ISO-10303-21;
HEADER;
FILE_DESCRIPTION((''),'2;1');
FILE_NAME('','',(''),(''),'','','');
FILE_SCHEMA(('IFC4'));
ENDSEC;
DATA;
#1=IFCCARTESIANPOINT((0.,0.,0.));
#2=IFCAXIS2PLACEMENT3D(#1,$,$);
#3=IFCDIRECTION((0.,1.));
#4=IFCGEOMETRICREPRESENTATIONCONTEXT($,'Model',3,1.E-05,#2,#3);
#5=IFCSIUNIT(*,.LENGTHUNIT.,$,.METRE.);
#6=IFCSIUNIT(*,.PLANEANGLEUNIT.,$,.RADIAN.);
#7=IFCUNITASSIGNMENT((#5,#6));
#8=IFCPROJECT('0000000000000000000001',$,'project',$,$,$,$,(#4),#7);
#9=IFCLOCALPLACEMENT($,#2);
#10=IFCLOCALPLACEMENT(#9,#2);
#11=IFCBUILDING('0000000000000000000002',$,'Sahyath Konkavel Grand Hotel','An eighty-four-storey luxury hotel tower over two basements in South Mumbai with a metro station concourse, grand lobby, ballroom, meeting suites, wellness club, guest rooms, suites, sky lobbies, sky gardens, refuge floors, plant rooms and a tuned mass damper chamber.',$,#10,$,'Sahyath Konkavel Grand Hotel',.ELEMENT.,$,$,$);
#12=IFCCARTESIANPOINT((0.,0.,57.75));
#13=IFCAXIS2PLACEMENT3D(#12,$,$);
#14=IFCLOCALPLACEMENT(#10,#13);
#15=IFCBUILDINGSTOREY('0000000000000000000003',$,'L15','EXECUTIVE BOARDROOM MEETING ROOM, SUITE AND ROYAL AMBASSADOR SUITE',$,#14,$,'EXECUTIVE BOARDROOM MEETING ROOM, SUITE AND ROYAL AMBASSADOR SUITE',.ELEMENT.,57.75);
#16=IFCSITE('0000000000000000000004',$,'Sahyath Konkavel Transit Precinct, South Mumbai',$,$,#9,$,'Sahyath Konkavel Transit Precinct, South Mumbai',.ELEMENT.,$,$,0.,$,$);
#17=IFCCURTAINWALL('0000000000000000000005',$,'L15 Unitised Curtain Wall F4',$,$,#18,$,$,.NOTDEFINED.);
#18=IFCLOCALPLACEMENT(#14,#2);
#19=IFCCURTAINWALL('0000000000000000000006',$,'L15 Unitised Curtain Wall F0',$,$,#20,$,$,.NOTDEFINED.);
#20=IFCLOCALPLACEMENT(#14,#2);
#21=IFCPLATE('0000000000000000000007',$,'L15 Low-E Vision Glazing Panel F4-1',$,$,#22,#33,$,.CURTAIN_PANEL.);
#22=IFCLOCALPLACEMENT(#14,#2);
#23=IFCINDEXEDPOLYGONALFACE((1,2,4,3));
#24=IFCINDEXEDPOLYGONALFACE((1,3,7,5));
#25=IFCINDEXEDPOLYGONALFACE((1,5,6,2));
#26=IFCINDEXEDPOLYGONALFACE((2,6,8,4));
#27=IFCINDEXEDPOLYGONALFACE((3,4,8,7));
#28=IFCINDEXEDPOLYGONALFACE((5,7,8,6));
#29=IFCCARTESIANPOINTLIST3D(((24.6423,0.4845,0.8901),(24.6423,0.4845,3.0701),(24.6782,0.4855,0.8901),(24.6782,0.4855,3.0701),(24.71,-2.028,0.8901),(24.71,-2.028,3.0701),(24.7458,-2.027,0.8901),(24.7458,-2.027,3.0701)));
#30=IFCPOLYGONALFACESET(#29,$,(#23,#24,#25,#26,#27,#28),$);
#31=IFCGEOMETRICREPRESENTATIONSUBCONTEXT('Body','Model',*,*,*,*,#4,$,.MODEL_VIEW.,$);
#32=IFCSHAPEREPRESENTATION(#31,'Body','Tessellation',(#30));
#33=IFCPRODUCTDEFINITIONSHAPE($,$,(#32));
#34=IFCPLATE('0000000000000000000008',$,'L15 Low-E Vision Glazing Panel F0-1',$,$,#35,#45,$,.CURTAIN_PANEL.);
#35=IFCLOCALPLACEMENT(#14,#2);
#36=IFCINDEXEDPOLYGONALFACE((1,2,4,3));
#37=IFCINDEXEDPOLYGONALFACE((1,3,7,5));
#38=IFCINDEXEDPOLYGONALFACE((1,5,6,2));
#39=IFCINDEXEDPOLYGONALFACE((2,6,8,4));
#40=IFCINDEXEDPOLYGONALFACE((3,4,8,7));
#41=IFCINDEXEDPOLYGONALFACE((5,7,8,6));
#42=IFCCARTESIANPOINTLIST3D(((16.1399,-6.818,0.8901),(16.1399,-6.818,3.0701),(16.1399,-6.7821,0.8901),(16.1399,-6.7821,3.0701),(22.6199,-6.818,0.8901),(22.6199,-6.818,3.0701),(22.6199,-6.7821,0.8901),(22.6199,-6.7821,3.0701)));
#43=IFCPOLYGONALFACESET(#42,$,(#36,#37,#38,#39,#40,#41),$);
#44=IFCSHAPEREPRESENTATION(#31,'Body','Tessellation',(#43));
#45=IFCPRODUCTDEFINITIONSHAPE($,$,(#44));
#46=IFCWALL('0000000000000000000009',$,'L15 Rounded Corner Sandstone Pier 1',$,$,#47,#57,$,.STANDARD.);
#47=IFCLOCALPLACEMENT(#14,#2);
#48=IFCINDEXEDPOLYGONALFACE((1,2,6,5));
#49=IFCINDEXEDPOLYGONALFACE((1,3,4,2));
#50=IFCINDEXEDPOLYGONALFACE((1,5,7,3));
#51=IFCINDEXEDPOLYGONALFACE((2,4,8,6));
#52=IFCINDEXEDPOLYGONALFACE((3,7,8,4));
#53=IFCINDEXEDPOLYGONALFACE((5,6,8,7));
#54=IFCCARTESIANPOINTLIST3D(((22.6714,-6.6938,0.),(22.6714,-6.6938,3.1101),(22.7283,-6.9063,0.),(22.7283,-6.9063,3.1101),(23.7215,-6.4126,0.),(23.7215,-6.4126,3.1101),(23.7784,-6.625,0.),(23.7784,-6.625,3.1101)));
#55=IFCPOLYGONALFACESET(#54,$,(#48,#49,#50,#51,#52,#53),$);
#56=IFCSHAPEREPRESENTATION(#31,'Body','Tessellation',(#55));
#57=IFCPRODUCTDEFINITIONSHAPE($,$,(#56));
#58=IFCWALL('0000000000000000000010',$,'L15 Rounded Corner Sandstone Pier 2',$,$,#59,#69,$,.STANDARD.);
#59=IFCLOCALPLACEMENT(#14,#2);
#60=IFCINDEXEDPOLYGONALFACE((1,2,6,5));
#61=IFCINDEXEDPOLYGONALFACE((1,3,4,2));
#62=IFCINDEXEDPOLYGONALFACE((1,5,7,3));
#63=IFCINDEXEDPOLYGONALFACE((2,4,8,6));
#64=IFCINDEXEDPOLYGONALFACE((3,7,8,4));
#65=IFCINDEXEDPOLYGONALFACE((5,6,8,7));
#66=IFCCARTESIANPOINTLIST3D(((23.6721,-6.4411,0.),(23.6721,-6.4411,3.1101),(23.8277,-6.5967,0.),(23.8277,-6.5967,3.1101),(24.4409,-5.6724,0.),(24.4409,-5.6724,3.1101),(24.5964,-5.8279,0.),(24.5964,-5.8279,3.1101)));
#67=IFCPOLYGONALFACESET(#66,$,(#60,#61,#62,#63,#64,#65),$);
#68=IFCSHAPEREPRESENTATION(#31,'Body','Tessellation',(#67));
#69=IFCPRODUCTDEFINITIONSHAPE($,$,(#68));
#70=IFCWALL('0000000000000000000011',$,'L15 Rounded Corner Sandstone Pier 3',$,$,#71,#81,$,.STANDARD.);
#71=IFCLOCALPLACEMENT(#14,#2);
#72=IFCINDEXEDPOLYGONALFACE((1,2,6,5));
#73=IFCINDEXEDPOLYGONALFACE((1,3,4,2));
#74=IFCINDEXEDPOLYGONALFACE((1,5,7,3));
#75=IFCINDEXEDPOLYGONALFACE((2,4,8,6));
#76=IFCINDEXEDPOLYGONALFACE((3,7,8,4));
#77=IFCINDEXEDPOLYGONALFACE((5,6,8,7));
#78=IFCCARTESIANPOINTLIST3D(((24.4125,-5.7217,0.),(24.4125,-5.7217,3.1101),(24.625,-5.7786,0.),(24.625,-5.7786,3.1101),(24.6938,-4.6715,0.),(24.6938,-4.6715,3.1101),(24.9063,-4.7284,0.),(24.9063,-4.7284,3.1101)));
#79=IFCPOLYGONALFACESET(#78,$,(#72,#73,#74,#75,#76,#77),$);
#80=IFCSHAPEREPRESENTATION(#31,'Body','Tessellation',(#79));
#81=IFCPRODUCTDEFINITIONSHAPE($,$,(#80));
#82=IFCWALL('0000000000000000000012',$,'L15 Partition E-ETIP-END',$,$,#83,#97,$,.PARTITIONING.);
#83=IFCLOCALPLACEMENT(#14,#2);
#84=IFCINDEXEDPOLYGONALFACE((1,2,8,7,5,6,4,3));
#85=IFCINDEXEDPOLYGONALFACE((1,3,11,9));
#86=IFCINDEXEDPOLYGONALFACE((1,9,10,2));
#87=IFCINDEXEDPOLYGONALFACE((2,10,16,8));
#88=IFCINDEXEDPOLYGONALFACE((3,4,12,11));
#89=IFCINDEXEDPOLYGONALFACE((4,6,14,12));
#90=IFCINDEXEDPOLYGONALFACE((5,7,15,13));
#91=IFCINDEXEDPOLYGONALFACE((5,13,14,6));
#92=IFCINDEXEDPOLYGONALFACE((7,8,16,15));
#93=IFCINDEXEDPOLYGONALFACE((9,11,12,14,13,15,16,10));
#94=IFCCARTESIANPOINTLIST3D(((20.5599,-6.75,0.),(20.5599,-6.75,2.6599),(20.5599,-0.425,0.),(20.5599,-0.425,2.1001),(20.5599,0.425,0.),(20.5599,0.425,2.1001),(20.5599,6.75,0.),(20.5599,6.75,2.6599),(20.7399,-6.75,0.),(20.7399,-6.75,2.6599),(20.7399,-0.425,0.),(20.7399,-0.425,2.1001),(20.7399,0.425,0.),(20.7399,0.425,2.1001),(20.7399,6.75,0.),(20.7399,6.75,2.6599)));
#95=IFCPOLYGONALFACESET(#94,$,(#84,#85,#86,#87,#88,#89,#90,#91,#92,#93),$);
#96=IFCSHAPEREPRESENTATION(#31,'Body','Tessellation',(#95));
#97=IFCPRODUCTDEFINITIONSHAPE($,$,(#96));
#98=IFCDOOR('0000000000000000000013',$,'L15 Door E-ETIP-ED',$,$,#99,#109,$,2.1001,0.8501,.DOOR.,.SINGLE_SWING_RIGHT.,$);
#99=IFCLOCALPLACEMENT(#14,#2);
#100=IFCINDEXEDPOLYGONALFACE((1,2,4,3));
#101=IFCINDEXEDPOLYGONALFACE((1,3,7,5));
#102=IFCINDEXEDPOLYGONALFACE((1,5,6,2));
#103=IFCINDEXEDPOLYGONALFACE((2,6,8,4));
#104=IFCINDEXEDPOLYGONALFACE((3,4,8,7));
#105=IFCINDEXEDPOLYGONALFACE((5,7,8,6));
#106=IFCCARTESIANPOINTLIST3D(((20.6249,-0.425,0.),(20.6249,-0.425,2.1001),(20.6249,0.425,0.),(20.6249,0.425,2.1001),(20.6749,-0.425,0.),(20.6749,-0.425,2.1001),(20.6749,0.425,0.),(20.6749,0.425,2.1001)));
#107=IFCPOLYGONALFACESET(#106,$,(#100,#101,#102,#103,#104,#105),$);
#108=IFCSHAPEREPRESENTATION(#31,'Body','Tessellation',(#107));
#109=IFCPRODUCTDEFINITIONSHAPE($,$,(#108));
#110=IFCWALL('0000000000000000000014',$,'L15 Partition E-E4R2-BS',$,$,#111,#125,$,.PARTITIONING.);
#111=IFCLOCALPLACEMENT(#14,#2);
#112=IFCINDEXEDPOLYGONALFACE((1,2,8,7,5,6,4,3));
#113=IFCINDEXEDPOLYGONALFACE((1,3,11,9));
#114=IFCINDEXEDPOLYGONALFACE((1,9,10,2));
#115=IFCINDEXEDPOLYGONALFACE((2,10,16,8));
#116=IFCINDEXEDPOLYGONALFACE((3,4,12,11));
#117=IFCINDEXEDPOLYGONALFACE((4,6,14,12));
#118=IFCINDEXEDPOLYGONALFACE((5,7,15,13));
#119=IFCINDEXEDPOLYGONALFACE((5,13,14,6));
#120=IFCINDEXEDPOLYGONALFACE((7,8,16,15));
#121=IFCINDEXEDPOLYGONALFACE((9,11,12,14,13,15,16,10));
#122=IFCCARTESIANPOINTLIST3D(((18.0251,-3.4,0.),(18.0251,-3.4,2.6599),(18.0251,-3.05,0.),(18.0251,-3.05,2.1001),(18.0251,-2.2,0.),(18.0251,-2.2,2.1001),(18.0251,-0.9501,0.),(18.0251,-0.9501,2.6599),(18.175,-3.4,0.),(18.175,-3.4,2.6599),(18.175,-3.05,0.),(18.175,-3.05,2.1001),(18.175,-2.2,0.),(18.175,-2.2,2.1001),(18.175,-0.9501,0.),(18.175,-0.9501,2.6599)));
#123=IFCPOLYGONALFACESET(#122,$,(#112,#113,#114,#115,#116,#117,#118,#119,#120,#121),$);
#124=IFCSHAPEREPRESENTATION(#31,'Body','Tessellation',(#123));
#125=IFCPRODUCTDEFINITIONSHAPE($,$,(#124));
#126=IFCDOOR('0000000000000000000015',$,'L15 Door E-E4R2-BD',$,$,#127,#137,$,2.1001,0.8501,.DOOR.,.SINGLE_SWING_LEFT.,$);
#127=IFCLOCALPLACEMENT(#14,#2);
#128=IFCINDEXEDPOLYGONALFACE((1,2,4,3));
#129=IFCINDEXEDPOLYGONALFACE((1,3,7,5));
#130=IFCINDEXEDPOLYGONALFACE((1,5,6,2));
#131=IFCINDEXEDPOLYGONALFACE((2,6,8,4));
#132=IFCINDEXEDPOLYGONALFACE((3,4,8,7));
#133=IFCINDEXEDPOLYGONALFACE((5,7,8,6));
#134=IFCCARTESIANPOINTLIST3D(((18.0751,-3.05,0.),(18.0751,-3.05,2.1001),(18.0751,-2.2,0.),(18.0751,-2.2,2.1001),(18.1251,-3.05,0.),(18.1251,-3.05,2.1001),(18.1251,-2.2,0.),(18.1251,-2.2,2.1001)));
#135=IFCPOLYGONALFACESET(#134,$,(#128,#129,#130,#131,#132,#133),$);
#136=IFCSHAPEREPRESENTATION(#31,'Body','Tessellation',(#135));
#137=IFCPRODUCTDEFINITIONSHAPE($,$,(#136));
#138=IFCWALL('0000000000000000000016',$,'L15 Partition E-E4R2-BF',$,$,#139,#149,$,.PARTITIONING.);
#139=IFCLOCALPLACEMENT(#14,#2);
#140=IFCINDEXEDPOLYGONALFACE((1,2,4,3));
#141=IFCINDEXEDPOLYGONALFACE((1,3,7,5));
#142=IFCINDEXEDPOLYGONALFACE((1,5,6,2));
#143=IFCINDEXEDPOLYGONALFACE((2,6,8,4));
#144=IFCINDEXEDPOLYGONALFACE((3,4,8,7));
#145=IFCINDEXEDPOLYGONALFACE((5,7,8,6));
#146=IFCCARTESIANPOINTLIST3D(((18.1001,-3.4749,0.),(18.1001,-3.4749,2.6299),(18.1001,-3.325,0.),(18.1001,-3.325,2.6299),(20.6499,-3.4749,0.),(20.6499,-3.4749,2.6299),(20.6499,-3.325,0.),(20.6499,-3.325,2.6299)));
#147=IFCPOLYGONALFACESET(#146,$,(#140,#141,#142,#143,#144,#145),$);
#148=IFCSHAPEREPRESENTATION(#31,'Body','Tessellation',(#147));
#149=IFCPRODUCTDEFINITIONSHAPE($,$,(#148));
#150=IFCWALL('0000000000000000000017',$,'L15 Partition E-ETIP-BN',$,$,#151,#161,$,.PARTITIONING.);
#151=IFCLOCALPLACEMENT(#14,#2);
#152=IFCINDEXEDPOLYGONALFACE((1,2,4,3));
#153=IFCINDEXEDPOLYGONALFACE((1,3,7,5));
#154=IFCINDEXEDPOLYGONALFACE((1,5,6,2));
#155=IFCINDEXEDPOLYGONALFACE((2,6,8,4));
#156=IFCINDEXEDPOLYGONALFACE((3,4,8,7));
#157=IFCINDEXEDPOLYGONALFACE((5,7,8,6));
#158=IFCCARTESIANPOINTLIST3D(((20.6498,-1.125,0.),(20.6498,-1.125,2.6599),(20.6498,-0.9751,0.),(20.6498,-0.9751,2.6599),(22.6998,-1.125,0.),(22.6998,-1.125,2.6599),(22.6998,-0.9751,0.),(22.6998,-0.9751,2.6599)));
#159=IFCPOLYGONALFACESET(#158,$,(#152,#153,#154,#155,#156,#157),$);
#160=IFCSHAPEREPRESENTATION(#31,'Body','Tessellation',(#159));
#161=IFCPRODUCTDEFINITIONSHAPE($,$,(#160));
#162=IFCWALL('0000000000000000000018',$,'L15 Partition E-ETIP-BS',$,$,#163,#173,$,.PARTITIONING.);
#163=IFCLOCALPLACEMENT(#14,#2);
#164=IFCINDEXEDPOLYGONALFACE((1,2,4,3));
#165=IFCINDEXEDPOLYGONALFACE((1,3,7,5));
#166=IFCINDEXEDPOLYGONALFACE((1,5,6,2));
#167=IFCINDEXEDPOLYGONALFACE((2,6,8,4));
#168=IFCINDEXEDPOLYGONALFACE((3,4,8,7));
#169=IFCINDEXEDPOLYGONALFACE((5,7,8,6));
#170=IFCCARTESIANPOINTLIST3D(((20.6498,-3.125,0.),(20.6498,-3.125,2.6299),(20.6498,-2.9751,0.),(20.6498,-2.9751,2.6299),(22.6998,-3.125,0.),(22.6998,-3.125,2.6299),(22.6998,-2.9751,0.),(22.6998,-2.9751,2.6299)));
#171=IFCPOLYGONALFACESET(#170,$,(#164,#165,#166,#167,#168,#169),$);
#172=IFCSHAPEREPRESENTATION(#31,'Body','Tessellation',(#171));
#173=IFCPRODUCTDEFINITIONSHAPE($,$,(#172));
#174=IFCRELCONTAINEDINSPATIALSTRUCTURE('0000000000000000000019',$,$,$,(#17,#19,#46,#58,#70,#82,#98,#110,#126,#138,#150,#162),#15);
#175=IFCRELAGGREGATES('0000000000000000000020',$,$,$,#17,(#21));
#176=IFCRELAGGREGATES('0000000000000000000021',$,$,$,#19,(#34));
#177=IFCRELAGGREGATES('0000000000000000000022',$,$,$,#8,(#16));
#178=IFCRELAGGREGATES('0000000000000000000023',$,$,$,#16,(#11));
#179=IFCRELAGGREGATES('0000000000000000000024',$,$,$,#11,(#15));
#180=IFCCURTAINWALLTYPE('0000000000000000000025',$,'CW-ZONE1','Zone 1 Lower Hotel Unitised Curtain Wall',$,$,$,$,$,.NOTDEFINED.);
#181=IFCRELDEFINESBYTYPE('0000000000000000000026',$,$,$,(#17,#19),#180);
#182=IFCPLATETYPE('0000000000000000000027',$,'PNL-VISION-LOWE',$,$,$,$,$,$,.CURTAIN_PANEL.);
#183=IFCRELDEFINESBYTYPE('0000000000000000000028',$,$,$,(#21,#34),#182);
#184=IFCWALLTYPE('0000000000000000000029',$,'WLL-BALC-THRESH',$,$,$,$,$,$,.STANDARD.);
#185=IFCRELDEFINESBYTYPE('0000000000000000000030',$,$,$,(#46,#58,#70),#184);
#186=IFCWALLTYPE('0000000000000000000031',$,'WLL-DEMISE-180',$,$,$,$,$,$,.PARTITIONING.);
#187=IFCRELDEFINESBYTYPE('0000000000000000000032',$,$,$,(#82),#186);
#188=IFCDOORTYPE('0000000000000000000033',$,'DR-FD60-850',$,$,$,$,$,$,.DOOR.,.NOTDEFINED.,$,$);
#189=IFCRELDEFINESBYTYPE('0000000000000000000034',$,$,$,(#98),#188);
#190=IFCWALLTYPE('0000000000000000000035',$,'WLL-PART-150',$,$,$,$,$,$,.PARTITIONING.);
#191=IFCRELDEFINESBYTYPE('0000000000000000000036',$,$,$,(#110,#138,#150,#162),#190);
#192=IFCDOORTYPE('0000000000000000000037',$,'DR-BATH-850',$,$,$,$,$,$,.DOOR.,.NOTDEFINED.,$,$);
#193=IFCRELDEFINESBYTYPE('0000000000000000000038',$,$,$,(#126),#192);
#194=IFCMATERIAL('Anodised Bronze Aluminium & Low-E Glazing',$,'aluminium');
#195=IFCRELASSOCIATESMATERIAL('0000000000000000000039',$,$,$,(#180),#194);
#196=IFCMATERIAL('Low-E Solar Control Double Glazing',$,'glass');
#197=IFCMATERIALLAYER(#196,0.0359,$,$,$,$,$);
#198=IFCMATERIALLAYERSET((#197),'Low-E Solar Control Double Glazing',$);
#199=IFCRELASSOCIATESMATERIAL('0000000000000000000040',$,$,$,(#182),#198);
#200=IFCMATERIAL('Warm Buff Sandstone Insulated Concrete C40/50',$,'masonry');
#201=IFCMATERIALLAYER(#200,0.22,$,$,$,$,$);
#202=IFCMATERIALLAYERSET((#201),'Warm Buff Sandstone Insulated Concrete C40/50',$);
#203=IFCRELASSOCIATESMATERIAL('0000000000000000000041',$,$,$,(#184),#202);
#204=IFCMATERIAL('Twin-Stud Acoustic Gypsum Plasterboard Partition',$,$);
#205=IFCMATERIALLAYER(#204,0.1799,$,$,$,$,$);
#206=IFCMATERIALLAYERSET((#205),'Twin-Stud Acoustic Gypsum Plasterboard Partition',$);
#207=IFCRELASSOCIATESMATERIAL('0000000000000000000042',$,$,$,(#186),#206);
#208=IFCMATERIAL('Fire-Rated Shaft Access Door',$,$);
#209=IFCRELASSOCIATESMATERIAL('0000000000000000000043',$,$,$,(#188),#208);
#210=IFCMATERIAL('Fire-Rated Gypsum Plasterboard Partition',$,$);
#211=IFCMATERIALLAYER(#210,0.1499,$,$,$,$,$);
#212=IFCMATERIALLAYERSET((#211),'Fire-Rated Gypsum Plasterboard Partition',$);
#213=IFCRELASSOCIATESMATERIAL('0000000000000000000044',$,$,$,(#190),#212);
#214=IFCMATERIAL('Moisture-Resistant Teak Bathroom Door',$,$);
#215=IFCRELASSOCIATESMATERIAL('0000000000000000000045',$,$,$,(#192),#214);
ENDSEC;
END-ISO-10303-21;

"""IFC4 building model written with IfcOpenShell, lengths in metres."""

from ifc_helpers import new_model, si_unit, direction, frame, frame_2d, origin, origin_2d, place, context, subcontext, project, spatial, rectangle, extrude, source, transform, mapped, material, layer, layer_set, type_object, element, fill, aggregate, save


model = new_model("IFC4")

# Units and contexts
model_context = context("Model", 3, precision=1e-05, world=origin(), true_north=direction((0.0, 1.0)))
body_context = subcontext(model_context, "Body", "Model", "MODEL_VIEW")
ifc_project = project(units=[si_unit("LENGTHUNIT", "METRE"), si_unit("PLANEANGLEUNIT", "RADIAN")], contexts=[model_context])

# Site, building, storey
site_placement = place(None, origin())
site = spatial("IfcSite", under=ifc_project, at=site_placement, Name="Sahyath Konkavel Transit Precinct, South Mumbai", LongName="Sahyath Konkavel Transit Precinct, South Mumbai", CompositionType="ELEMENT", RefElevation=0.0)
building_placement = place(site_placement, origin())
building = spatial("IfcBuilding", under=site, at=building_placement, Name="Sahyath Konkavel Grand Hotel", Description="An eighty-four-storey luxury hotel tower over two basements in South Mumbai with a metro station concourse, grand lobby, ballroom, meeting suites, wellness club, guest rooms, suites, sky lobbies, sky gardens, refuge floors, plant rooms and a tuned mass damper chamber.", LongName="Sahyath Konkavel Grand Hotel", CompositionType="ELEMENT")
storey_placement = place(building_placement, frame((0.0, 0.0, 57.75)))
storey = spatial("IfcBuildingStorey", under=building, at=storey_placement, Name="L15", Description="EXECUTIVE BOARDROOM MEETING ROOM, SUITE AND ROYAL AMBASSADOR SUITE", LongName="EXECUTIVE BOARDROOM MEETING ROOM, SUITE AND ROYAL AMBASSADOR SUITE", CompositionType="ELEMENT", Elevation=57.75)

# Curtain wall
ifc_material_1 = material(Name="Anodised Bronze Aluminium & Low-E Glazing", Category="aluminium")
curtain_wall_type = type_object("IfcCurtainWallType", Name="CW-ZONE1", Description="Zone 1 Lower Hotel Unitised Curtain Wall", PredefinedType="NOTDEFINED", material=ifc_material_1)
curtain_wall_1_placement = place(storey_placement, origin())
curtain_wall_1 = element("IfcCurtainWall", 1, at=curtain_wall_1_placement, inside=storey, type_object=curtain_wall_type, Name="L15 Unitised Curtain Wall F4", PredefinedType="NOTDEFINED")

# Curtain wall
curtain_wall_2_placement = place(storey_placement, origin())
curtain_wall_2 = element("IfcCurtainWall", 2, at=curtain_wall_2_placement, inside=storey, type_object=curtain_wall_type, Name="L15 Unitised Curtain Wall F0", PredefinedType="NOTDEFINED")

# Plates
ifc_material_2 = material(Name="Low-E Solar Control Double Glazing", Category="glass")
ifc_layer_1 = layer(ifc_material_2, 0.0359)
ifc_layer_set_1 = layer_set([ifc_layer_1], Name="Low-E Solar Control Double Glazing")
plate_type_1 = type_object("IfcPlateType", Name="PNL-VISION-LOWE", PredefinedType="CURTAIN_PANEL", material=ifc_layer_set_1)
shared_shape_1 = source(origin(), body_context, "Body", "SweptSolid", [
    extrude(rectangle(XDim=2.5134, YDim=0.0359, at=origin_2d()), origin(), (0.0, 0.0, 1.0), 2.1799),
])
plate_1_placement = place(storey_placement, frame((24.6941, -0.7712, 0.8901), z_axis=(0.0, 0.0, 1.0), x_axis=(-0.02691, 0.999638, 0.0)))
plate_1 = element("IfcPlate", 3, at=plate_1_placement, type_object=plate_type_1, Name="L15 Low-E Vision Glazing Panel F4-1", PredefinedType="CURTAIN_PANEL", context=body_context, shape_type="MappedRepresentation", body=[
    mapped(shared_shape_1, transform((0.0, 0.0, 0.0), scale=1.0)),
])
aggregate(curtain_wall_1, [plate_1])
shared_shape_2 = source(origin(), body_context, "Body", "SweptSolid", [
    extrude(rectangle(XDim=6.48, YDim=0.0359, at=origin_2d()), origin(), (0.0, 0.0, 1.0), 2.1799),
])
plate_2_placement = place(storey_placement, frame((19.3799, -6.8, 0.8901), z_axis=(0.0, 0.0, 1.0), x_axis=(1.0, 0.0, 0.0)))
plate_2 = element("IfcPlate", 4, at=plate_2_placement, type_object=plate_type_1, Name="L15 Low-E Vision Glazing Panel F0-1", PredefinedType="CURTAIN_PANEL", context=body_context, shape_type="MappedRepresentation", body=[
    mapped(shared_shape_2, transform((0.0, 0.0, 0.0), scale=1.0)),
])
aggregate(curtain_wall_2, [plate_2])

# Walls
ifc_material_3 = material(Name="Warm Buff Sandstone Insulated Concrete C40/50", Category="masonry")
ifc_layer_2 = layer(ifc_material_3, 0.22)
ifc_layer_set_2 = layer_set([ifc_layer_2], Name="Warm Buff Sandstone Insulated Concrete C40/50")
wall_type_1 = type_object("IfcWallType", Name="WLL-BALC-THRESH", PredefinedType="STANDARD", material=ifc_layer_set_2)
for number, where, z_axis, x_axis, name in (
    (5, (22.7, -6.8, 0.0), (0.0, 0.0, 1.0), (0.965951, 0.258725, 0.0), "L15 Rounded Corner Sandstone Pier 1"),
    (6, (23.75, -6.5188, 0.0), (0.0, 0.0, 1.0), (0.707107, 0.707107, 0.0), "L15 Rounded Corner Sandstone Pier 2"),
    (7, (24.5188, -5.75, 0.0), (0.0, 0.0, 1.0), (0.258725, 0.965951, 0.0), "L15 Rounded Corner Sandstone Pier 3"),
):
    element("IfcWall", number, at=place(storey_placement, frame(where, z_axis=z_axis, x_axis=x_axis)), inside=storey, type_object=wall_type_1, Name=name, PredefinedType="STANDARD", context=body_context, shape_type="SweptSolid", body=[
        extrude(rectangle(XDim=1.0872, YDim=0.22, at=frame_2d((0.5435, 0.0))), origin(), (0.0, 0.0, 1.0), 3.1101),
    ])

# Walls, openings, doors
ifc_material_4 = material(Name="Twin-Stud Acoustic Gypsum Plasterboard Partition")
ifc_layer_3 = layer(ifc_material_4, 0.1799)
ifc_layer_set_3 = layer_set([ifc_layer_3], Name="Twin-Stud Acoustic Gypsum Plasterboard Partition")
wall_type_2 = type_object("IfcWallType", Name="WLL-DEMISE-180", PredefinedType="PARTITIONING", material=ifc_layer_set_3)
wall_1_placement = place(storey_placement, frame((20.6499, -6.75, 0.0), z_axis=(0.0, 0.0, 1.0), x_axis=(0.0, 1.0, 0.0)))
wall_1 = element("IfcWall", 8, at=wall_1_placement, inside=storey, type_object=wall_type_2, Name="L15 Partition E-ETIP-END", PredefinedType="PARTITIONING", context=body_context, shape_type="SweptSolid", body=[
    extrude(rectangle(XDim=13.5, YDim=0.1799, at=frame_2d((6.75, 0.0))), origin(), (0.0, 0.0, 1.0), 2.6599),
])
opening_1_placement = place(wall_1_placement, frame((6.325, 0.0, 0.0)))
opening_1 = element("IfcOpeningElement", 9, at=opening_1_placement, cuts=wall_1, PredefinedType="OPENING", context=body_context, shape_type="SweptSolid", body=[
    extrude(rectangle(XDim=0.8501, YDim=2.1001, at=frame_2d((0.425, 1.05))), frame((0.0, 0.1001, 0.0), z_axis=(0.0, -1.0, 0.0), x_axis=(1.0, 0.0, 0.0)), (0.0, 0.0, 1.0), 0.2),
])
ifc_material_5 = material(Name="Fire-Rated Shaft Access Door")
door_type_1 = type_object("IfcDoorType", Name="DR-FD60-850", OperationType="NOTDEFINED", PredefinedType="DOOR", material=ifc_material_5)
shared_shape_3 = source(origin(), body_context, "Body", "SweptSolid", [
    extrude(rectangle(XDim=0.8501, YDim=0.05, at=origin_2d()), origin(), (0.0, 0.0, 1.0), 2.1001),
])
door_1_placement = place(opening_1_placement, frame((0.425, 0.0, 0.0)))
door_1 = element("IfcDoor", 10, at=door_1_placement, inside=storey, type_object=door_type_1, Name="L15 Door E-ETIP-ED", OperationType="SINGLE_SWING_RIGHT", OverallHeight=2.1001, OverallWidth=0.8501, PredefinedType="DOOR", context=body_context, shape_type="MappedRepresentation", body=[
    mapped(shared_shape_3, transform((0.0, 0.0, 0.0), scale=1.0)),
])
fill(opening_1, door_1)
ifc_material_6 = material(Name="Fire-Rated Gypsum Plasterboard Partition")
ifc_layer_4 = layer(ifc_material_6, 0.1499)
ifc_layer_set_4 = layer_set([ifc_layer_4], Name="Fire-Rated Gypsum Plasterboard Partition")
wall_type_3 = type_object("IfcWallType", Name="WLL-PART-150", PredefinedType="PARTITIONING", material=ifc_layer_set_4)
wall_2_placement = place(storey_placement, frame((18.1001, -0.95, 0.0), z_axis=(0.0, 0.0, 1.0), x_axis=(0.0, -1.0, 0.0)))
wall_2 = element("IfcWall", 11, at=wall_2_placement, inside=storey, type_object=wall_type_3, Name="L15 Partition E-E4R2-BS", PredefinedType="PARTITIONING", context=body_context, shape_type="SweptSolid", body=[
    extrude(rectangle(XDim=2.45, YDim=0.1499, at=frame_2d((1.2251, 0.0))), origin(), (0.0, 0.0, 1.0), 2.6599),
])
opening_2_placement = place(wall_2_placement, frame((1.25, 0.0, 0.0)))
opening_2 = element("IfcOpeningElement", 12, at=opening_2_placement, cuts=wall_2, PredefinedType="OPENING", context=body_context, shape_type="SweptSolid", body=[
    extrude(rectangle(XDim=0.8501, YDim=2.1001, at=frame_2d((0.425, 1.05))), frame((0.0, 0.085, 0.0), z_axis=(0.0, -1.0, 0.0), x_axis=(1.0, 0.0, 0.0)), (0.0, 0.0, 1.0), 0.1699),
])
ifc_material_7 = material(Name="Moisture-Resistant Teak Bathroom Door")
door_type_2 = type_object("IfcDoorType", Name="DR-BATH-850", OperationType="NOTDEFINED", PredefinedType="DOOR", material=ifc_material_7)
door_2_placement = place(opening_2_placement, frame((0.425, 0.0, 0.0)))
door_2 = element("IfcDoor", 13, at=door_2_placement, inside=storey, type_object=door_type_2, Name="L15 Door E-E4R2-BD", OperationType="SINGLE_SWING_LEFT", OverallHeight=2.1001, OverallWidth=0.8501, PredefinedType="DOOR", context=body_context, shape_type="MappedRepresentation", body=[
    mapped(shared_shape_3, transform((0.0, 0.0, 0.0), scale=1.0)),
])
fill(opening_2, door_2)

# Walls
wall_3_placement = place(storey_placement, frame((18.1001, -3.3999, 0.0), z_axis=(0.0, 0.0, 1.0), x_axis=(1.0, 0.0, 0.0)))
element("IfcWall", 14, at=wall_3_placement, inside=storey, type_object=wall_type_3, Name="L15 Partition E-E4R2-BF", PredefinedType="PARTITIONING", context=body_context, shape_type="SweptSolid", body=[
    extrude(rectangle(XDim=2.5498, YDim=0.1499, at=frame_2d((1.2749, 0.0))), origin(), (0.0, 0.0, 1.0), 2.6299),
])
wall_4_placement = place(storey_placement, frame((20.6499, -1.05, 0.0), z_axis=(0.0, 0.0, 1.0), x_axis=(1.0, 0.0, 0.0)))
element("IfcWall", 15, at=wall_4_placement, inside=storey, type_object=wall_type_3, Name="L15 Partition E-ETIP-BN", PredefinedType="PARTITIONING", context=body_context, shape_type="SweptSolid", body=[
    extrude(rectangle(XDim=2.05, YDim=0.1499, at=frame_2d((1.0249, 0.0))), origin(), (0.0, 0.0, 1.0), 2.6599),
])
wall_5_placement = place(storey_placement, frame((20.6499, -3.05, 0.0), z_axis=(0.0, 0.0, 1.0), x_axis=(1.0, 0.0, 0.0)))
element("IfcWall", 16, at=wall_5_placement, inside=storey, type_object=wall_type_3, Name="L15 Partition E-ETIP-BS", PredefinedType="PARTITIONING", context=body_context, shape_type="SweptSolid", body=[
    extrude(rectangle(XDim=2.05, YDim=0.1499, at=frame_2d((1.0249, 0.0))), origin(), (0.0, 0.0, 1.0), 2.6299),
])

save(model, "model.ifc")
